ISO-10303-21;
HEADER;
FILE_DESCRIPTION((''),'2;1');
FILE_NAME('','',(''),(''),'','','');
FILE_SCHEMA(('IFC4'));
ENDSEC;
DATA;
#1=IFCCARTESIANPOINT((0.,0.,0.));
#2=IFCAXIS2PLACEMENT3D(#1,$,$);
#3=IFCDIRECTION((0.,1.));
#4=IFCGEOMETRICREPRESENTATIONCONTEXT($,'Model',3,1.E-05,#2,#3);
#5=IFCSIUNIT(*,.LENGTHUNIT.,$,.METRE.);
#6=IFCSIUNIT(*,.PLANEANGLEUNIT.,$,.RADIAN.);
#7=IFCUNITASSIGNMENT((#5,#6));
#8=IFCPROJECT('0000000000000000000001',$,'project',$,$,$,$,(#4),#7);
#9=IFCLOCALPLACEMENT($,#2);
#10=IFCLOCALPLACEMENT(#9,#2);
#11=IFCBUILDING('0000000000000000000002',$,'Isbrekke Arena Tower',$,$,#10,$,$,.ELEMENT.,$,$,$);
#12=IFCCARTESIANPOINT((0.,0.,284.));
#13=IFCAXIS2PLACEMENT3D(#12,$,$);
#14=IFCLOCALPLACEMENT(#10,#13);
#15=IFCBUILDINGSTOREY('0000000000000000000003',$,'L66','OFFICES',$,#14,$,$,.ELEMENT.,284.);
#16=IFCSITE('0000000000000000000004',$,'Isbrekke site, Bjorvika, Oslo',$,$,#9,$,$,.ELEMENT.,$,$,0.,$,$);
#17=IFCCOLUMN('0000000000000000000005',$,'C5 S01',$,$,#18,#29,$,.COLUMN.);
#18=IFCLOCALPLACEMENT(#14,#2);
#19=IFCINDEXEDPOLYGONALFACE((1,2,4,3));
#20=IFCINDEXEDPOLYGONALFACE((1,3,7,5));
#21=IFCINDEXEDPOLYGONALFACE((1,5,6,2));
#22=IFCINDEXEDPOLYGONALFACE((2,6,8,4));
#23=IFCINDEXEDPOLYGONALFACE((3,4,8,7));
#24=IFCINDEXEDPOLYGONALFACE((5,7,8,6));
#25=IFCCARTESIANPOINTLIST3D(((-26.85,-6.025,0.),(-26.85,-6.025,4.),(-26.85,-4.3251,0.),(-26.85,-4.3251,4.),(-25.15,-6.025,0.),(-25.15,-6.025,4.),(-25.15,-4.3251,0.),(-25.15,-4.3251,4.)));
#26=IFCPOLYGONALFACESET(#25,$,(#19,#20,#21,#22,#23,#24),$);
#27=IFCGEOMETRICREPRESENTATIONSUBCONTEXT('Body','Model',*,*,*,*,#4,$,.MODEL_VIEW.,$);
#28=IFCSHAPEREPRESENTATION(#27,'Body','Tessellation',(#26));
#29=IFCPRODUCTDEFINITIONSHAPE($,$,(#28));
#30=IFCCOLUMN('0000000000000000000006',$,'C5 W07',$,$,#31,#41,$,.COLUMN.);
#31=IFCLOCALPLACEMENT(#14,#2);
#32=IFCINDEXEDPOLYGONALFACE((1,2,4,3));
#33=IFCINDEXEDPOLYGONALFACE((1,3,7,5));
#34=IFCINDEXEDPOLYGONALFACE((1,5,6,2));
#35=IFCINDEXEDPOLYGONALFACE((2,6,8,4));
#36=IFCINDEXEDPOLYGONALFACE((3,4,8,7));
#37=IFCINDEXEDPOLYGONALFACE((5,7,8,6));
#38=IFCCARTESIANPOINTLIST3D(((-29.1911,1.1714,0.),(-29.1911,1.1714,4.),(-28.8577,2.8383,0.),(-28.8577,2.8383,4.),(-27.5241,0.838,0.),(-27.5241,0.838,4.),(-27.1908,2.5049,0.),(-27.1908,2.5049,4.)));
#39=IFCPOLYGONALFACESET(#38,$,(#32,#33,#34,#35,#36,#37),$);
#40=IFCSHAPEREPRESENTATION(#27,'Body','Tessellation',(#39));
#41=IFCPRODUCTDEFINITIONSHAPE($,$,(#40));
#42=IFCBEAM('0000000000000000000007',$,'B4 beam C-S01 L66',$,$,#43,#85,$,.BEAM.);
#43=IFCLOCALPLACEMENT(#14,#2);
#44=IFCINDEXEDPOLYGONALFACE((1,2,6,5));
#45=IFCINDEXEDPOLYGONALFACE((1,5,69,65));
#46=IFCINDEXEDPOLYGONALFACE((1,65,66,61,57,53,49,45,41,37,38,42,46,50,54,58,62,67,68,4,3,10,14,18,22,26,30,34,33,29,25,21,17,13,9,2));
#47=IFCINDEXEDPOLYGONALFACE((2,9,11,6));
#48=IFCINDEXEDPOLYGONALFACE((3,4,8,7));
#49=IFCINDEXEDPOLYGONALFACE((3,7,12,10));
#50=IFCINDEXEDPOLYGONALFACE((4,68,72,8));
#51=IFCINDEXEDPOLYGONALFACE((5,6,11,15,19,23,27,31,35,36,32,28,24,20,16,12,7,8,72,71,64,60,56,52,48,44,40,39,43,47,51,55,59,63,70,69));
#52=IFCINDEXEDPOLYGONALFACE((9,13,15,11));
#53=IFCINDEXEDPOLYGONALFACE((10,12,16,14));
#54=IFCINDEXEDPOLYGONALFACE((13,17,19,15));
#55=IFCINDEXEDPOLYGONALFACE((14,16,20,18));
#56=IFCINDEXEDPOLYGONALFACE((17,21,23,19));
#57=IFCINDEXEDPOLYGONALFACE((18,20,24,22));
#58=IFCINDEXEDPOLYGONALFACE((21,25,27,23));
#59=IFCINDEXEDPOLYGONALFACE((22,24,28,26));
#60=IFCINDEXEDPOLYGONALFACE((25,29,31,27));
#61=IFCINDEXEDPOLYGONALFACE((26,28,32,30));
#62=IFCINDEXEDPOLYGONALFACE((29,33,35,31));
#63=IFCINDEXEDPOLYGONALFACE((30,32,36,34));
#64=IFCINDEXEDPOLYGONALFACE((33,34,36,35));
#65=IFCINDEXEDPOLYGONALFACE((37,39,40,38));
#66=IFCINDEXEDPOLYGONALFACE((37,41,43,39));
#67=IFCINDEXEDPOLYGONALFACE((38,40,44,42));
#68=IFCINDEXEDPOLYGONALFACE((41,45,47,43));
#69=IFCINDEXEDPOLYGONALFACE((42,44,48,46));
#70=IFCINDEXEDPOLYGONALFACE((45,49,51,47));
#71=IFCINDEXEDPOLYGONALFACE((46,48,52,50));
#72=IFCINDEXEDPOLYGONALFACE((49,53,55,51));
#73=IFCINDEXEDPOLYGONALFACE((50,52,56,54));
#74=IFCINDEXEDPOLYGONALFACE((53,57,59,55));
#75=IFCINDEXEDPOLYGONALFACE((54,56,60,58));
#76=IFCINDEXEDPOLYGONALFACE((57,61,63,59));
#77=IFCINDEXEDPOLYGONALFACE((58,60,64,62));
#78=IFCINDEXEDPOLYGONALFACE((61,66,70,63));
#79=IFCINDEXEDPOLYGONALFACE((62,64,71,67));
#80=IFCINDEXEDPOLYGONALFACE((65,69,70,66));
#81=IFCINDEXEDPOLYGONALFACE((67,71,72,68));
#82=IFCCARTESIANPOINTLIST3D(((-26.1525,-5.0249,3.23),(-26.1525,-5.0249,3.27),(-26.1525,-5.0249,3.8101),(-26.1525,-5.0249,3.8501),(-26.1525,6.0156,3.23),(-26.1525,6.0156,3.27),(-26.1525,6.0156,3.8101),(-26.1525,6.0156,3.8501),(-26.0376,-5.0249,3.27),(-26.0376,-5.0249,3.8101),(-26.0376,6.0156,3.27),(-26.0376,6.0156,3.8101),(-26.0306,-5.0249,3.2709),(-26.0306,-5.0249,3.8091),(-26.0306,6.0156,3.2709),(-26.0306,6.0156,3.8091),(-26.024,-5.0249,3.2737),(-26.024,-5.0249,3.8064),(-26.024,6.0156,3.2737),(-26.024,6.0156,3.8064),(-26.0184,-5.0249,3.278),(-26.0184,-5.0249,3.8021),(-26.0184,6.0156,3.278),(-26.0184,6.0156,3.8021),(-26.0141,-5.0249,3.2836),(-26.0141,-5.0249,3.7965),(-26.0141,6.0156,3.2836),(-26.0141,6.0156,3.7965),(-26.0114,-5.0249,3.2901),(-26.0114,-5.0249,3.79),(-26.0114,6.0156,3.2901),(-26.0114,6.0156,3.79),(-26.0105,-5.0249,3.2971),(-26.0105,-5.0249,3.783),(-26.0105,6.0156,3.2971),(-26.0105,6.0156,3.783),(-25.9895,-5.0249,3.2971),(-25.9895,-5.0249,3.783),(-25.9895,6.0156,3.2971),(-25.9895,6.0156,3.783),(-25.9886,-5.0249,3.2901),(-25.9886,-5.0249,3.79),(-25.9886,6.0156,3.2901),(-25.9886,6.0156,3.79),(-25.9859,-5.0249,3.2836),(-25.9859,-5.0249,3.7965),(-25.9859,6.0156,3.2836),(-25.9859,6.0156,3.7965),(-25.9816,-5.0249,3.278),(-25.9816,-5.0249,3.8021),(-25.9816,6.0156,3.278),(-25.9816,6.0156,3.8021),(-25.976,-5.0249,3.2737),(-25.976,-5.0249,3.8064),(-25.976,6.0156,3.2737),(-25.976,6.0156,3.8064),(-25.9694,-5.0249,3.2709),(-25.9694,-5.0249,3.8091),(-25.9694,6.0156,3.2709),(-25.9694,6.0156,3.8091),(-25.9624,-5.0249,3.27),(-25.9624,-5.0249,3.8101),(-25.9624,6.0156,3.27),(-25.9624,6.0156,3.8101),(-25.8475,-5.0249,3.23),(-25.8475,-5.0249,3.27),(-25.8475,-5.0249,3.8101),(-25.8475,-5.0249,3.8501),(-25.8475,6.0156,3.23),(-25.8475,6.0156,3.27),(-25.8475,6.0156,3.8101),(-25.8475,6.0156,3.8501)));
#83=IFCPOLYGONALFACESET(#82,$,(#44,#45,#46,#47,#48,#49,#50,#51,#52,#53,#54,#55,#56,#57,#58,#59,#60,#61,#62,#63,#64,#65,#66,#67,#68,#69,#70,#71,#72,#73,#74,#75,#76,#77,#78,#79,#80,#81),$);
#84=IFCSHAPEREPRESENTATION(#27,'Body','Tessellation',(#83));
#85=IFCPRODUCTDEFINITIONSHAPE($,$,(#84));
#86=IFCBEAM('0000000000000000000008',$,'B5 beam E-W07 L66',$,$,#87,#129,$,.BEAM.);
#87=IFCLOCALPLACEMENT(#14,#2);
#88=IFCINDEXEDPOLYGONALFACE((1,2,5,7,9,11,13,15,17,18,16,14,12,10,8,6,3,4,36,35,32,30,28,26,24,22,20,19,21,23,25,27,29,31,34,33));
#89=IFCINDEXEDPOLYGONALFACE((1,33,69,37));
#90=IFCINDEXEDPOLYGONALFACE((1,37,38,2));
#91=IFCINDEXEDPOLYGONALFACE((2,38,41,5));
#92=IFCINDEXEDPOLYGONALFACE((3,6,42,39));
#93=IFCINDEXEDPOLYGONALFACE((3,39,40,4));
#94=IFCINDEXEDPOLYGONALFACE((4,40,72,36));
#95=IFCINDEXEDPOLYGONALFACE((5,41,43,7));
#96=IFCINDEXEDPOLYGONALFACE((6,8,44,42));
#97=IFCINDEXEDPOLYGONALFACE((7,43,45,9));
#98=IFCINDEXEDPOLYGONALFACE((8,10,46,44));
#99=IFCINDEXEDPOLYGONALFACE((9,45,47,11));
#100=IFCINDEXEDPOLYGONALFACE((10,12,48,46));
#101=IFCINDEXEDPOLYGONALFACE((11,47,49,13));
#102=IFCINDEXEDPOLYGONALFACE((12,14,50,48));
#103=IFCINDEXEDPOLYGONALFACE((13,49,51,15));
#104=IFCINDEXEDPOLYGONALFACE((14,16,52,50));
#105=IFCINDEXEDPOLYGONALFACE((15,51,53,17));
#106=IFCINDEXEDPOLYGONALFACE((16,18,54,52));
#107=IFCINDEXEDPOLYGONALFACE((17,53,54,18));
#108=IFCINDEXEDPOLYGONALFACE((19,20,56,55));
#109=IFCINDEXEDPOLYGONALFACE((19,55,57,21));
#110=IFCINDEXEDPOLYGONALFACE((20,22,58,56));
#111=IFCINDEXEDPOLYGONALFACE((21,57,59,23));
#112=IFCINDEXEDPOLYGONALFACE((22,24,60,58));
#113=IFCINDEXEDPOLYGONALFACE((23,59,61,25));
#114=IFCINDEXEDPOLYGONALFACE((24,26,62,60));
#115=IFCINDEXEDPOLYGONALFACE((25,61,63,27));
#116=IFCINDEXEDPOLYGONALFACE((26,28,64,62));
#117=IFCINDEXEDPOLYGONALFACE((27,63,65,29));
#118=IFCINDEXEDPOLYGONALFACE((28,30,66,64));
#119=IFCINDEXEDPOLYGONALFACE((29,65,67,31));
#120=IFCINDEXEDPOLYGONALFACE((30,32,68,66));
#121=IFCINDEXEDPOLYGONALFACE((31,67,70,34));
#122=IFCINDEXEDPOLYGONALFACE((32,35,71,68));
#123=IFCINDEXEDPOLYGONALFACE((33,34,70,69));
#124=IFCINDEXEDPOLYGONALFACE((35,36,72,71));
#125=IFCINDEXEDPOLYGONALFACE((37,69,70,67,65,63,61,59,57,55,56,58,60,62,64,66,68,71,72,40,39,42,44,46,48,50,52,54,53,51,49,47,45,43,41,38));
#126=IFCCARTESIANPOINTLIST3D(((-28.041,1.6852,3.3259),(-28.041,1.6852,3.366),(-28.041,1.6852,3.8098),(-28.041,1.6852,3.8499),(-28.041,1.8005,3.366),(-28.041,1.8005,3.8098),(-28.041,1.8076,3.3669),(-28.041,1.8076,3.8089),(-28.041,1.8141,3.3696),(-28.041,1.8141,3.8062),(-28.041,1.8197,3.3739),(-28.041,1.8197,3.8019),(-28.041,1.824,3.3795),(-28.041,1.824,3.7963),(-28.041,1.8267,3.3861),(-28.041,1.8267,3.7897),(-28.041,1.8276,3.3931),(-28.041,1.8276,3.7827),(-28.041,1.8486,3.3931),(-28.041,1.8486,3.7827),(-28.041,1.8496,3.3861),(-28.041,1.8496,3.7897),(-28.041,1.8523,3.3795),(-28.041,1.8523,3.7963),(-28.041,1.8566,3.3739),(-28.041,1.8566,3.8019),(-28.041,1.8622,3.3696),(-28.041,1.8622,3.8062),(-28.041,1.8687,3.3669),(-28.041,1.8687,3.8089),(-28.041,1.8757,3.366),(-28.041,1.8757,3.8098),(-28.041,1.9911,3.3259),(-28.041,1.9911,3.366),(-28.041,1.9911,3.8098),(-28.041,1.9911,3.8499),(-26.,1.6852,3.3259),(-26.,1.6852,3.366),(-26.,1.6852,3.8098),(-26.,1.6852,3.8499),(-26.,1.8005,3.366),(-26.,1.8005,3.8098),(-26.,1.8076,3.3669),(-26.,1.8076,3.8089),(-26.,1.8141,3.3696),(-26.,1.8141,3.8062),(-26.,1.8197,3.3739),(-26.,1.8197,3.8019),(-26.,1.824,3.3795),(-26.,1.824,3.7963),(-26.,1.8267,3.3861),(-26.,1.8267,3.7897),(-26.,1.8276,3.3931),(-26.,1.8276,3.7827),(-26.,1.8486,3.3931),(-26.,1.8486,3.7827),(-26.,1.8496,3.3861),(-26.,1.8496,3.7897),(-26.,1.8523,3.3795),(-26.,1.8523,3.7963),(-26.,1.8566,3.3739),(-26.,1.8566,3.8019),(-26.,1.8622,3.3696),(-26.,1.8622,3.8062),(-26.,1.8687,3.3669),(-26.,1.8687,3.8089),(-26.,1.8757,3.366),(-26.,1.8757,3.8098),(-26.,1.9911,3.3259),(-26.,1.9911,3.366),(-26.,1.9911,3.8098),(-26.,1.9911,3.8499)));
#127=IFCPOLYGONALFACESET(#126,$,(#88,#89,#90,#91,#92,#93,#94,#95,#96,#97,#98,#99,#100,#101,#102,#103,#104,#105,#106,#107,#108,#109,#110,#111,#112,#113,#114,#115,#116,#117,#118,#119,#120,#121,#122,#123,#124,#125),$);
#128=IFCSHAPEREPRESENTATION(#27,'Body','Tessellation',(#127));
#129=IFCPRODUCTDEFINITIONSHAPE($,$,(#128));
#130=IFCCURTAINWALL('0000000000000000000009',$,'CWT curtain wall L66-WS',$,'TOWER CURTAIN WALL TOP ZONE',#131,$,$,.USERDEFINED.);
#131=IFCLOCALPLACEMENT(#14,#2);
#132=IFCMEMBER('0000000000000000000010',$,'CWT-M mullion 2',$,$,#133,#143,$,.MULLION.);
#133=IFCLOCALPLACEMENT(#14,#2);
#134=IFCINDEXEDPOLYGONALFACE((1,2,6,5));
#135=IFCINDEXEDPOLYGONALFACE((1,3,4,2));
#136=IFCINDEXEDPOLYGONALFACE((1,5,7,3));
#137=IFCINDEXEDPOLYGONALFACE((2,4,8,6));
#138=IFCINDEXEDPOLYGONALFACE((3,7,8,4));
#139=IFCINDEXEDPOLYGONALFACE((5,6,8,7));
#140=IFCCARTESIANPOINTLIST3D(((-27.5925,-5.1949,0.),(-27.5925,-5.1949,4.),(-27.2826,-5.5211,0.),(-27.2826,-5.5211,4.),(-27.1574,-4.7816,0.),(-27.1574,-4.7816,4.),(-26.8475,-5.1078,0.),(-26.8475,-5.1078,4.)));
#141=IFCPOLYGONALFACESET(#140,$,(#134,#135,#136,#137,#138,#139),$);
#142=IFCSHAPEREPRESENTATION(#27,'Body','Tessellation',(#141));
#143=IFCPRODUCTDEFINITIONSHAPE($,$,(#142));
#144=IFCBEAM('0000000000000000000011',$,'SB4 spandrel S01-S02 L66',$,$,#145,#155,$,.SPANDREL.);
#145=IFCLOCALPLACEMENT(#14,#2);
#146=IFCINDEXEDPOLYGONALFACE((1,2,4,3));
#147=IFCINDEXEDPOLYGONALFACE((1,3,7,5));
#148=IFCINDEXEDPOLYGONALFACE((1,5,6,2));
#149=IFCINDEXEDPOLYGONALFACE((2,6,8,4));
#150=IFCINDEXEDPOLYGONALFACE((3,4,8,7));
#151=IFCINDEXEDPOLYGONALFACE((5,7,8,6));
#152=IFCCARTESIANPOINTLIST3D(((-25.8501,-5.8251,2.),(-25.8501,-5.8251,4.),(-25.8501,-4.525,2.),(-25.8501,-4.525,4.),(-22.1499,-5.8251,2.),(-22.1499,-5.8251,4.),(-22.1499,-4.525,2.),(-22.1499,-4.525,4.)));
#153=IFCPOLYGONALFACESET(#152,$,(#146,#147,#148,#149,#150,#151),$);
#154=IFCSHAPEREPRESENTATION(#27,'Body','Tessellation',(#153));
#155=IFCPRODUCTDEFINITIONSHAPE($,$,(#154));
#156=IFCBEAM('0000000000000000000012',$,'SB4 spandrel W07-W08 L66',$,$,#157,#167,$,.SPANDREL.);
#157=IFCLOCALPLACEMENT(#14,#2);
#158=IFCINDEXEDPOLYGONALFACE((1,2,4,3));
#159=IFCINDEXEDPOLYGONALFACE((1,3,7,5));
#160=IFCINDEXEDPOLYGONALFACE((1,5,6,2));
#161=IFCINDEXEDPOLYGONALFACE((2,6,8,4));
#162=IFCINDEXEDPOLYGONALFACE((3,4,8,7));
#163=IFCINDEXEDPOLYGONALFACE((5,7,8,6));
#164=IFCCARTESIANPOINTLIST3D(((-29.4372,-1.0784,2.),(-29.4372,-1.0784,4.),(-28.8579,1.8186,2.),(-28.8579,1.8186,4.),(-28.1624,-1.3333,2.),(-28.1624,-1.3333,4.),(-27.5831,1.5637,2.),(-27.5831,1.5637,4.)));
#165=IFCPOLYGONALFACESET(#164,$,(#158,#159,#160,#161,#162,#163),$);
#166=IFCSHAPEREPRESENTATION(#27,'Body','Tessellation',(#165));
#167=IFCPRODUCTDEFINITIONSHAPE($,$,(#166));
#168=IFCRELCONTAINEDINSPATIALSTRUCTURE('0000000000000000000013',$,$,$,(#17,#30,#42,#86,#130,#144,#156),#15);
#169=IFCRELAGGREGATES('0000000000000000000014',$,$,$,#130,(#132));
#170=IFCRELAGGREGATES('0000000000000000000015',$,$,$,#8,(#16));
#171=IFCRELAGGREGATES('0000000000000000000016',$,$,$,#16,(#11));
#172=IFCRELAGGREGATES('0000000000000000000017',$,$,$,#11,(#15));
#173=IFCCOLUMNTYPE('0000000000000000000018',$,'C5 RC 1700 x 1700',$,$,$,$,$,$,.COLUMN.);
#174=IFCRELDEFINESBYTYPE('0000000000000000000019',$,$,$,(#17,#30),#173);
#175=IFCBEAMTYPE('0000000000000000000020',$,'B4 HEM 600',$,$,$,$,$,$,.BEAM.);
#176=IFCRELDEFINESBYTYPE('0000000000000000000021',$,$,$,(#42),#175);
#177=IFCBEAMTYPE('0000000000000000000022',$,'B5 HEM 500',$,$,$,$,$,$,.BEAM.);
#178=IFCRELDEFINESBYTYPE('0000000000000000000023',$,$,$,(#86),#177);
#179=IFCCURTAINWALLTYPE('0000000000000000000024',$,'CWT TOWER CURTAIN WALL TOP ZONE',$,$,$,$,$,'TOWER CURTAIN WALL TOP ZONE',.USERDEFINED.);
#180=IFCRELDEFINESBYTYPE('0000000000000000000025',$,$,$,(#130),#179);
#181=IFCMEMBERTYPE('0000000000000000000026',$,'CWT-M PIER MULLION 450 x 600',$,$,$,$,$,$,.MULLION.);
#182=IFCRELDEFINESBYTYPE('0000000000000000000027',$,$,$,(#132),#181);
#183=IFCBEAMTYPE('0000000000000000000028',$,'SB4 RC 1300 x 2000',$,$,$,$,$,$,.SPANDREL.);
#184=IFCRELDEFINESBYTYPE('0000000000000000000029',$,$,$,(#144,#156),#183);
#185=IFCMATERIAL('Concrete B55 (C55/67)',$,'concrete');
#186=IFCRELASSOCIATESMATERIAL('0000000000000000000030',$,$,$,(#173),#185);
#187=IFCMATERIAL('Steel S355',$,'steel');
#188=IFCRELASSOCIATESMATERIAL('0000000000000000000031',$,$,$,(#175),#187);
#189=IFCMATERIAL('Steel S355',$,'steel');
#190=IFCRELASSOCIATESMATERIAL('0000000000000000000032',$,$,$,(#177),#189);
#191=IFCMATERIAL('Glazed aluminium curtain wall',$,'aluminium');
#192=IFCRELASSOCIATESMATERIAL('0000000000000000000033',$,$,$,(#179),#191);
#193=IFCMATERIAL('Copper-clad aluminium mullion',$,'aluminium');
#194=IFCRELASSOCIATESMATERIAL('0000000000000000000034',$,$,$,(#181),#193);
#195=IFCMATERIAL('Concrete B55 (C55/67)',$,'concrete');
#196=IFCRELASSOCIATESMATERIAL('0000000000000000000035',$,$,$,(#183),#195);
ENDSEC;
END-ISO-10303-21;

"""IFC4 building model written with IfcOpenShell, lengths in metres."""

from ifc_helpers import new_model, si_unit, direction, frame, origin, origin_2d, place, context, subcontext, project, spatial, rectangle, i_section, extrude, material, material_profile, profile_set, type_object, element, aggregate, save


model = new_model("IFC4")

# Units and contexts
model_context = context("Model", 3, precision=1e-05, world=origin(), true_north=direction((0.0, 1.0)))
body_context = subcontext(model_context, "Body", "Model", "MODEL_VIEW")
ifc_project = project(units=[si_unit("LENGTHUNIT", "METRE"), si_unit("PLANEANGLEUNIT", "RADIAN")], contexts=[model_context])

# Site, building, storey
site_placement = place(None, origin())
site = spatial("IfcSite", under=ifc_project, at=site_placement, Name="Isbrekke site, Bjorvika, Oslo", CompositionType="ELEMENT", RefElevation=0.0)
building_placement = place(site_placement, origin())
building = spatial("IfcBuilding", under=site, at=building_placement, Name="Isbrekke Arena Tower", CompositionType="ELEMENT")
storey_placement = place(building_placement, frame((0.0, 0.0, 284.0)))
storey = spatial("IfcBuildingStorey", under=building, at=storey_placement, Name="L66", Description="OFFICES", CompositionType="ELEMENT", Elevation=284.0)

# Columns
ifc_material_1 = material(Name="Concrete B55 (C55/67)", Category="concrete")
ifc_material_profile_1 = material_profile(ifc_material_1, rectangle(XDim=1.7, YDim=1.7, at=origin_2d()), Name="RC 1700x1700")
ifc_profile_set_1 = profile_set([ifc_material_profile_1], Name="Concrete B55 (C55/67)")
column_type = type_object("IfcColumnType", Name="C5 RC 1700 x 1700", PredefinedType="COLUMN", material=ifc_profile_set_1)
for number, where, z_axis, x_axis, name in (
    (1, (-26.0, -5.175, 0.0), (0.0, 0.0, 1.0), (1.0, 0.0, 0.0), "C5 S01"),
    (2, (-28.1909, 1.8381, 0.0), (0.0, 0.0, 1.0), (-0.196116, -0.980581, 0.0), "C5 W07"),
):
    element("IfcColumn", number, at=place(storey_placement, frame(where, z_axis=z_axis, x_axis=x_axis)), inside=storey, type_object=column_type, Name=name, PredefinedType="COLUMN", context=body_context, shape_type="SweptSolid", body=[
        extrude(rectangle(XDim=1.7, YDim=1.7, at=origin_2d()), origin(), (0.0, 0.0, 1.0), 4.0),
    ])

# Beams
ifc_material_2 = material(Name="Steel S355", Category="steel")
ifc_material_profile_2 = material_profile(ifc_material_2, i_section(OverallWidth=0.3049, OverallDepth=0.6201, WebThickness=0.021, FlangeThickness=0.04, FilletRadius=0.0271, at=origin_2d()), Name="HEM 600")
ifc_profile_set_2 = profile_set([ifc_material_profile_2], Name="Steel S355")
beam_type_1 = type_object("IfcBeamType", Name="B4 HEM 600", PredefinedType="BEAM", material=ifc_profile_set_2)
beam_1_placement = place(storey_placement, frame((-26.0, -5.0249, 3.54), z_axis=(0.0, 1.0, 0.0), x_axis=(-1.0, 0.0, 0.0)))
element("IfcBeam", 3, at=beam_1_placement, inside=storey, type_object=beam_type_1, Name="B4 beam C-S01 L66", PredefinedType="BEAM", context=body_context, shape_type="SweptSolid", body=[
    extrude(i_section(OverallWidth=0.3049, OverallDepth=0.6201, WebThickness=0.021, FlangeThickness=0.04, FilletRadius=0.0271, at=origin_2d()), origin(), (0.0, 0.0, 1.0), 11.0405),
])
ifc_material_3 = material(Name="Steel S355", Category="steel")
ifc_material_profile_3 = material_profile(ifc_material_3, i_section(OverallWidth=0.3059, OverallDepth=0.5239, WebThickness=0.021, FlangeThickness=0.04, FilletRadius=0.0271, at=origin_2d()), Name="HEM 500")
ifc_profile_set_3 = profile_set([ifc_material_profile_3], Name="Steel S355")
beam_type_2 = type_object("IfcBeamType", Name="B5 HEM 500", PredefinedType="BEAM", material=ifc_profile_set_3)
beam_2_placement = place(storey_placement, frame((-28.041, 1.8381, 3.5879), z_axis=(1.0, 0.0, 0.0), x_axis=(0.0, 1.0, 0.0)))
element("IfcBeam", 4, at=beam_2_placement, inside=storey, type_object=beam_type_2, Name="B5 beam E-W07 L66", PredefinedType="BEAM", context=body_context, shape_type="SweptSolid", body=[
    extrude(i_section(OverallWidth=0.3059, OverallDepth=0.5239, WebThickness=0.021, FlangeThickness=0.04, FilletRadius=0.0271, at=origin_2d()), origin(), (0.0, 0.0, 1.0), 2.041),
])

# Curtain wall, member
ifc_material_4 = material(Name="Glazed aluminium curtain wall", Category="aluminium")
curtain_wall_type = type_object("IfcCurtainWallType", Name="CWT TOWER CURTAIN WALL TOP ZONE", ElementType="TOWER CURTAIN WALL TOP ZONE", PredefinedType="USERDEFINED", material=ifc_material_4)
curtain_wall_placement = place(storey_placement, origin())
curtain_wall = element("IfcCurtainWall", 5, at=curtain_wall_placement, inside=storey, type_object=curtain_wall_type, Name="CWT curtain wall L66-WS", ObjectType="TOWER CURTAIN WALL TOP ZONE", PredefinedType="USERDEFINED")
ifc_material_5 = material(Name="Copper-clad aluminium mullion", Category="aluminium")
ifc_material_profile_4 = material_profile(ifc_material_5, rectangle(XDim=0.45, YDim=0.6001, at=origin_2d()), Name="PIER 450X600")
ifc_profile_set_4 = profile_set([ifc_material_profile_4], Name="Copper-clad aluminium mullion")
member_type = type_object("IfcMemberType", Name="CWT-M PIER MULLION 450 x 600", PredefinedType="MULLION", material=ifc_profile_set_4)
member_placement = place(storey_placement, frame((-27.22, -5.1514, 0.0), z_axis=(0.0, 0.0, 1.0), x_axis=(0.688749, -0.724999, 0.0)))
member = element("IfcMember", 6, at=member_placement, type_object=member_type, Name="CWT-M mullion 2", PredefinedType="MULLION", context=body_context, shape_type="SweptSolid", body=[
    extrude(rectangle(XDim=0.45, YDim=0.6001, at=origin_2d()), origin(), (0.0, 0.0, 1.0), 4.0),
])
aggregate(curtain_wall, [member])

# Beams
ifc_material_6 = material(Name="Concrete B55 (C55/67)", Category="concrete")
ifc_material_profile_5 = material_profile(ifc_material_6, rectangle(XDim=1.3, YDim=2.0, at=origin_2d()), Name="RC 1300x2000")
ifc_profile_set_5 = profile_set([ifc_material_profile_5], Name="Concrete B55 (C55/67)")
beam_type_3 = type_object("IfcBeamType", Name="SB4 RC 1300 x 2000", PredefinedType="SPANDREL", material=ifc_profile_set_5)
beam_3_placement = place(storey_placement, frame((-25.8501, -5.175, 3.0), z_axis=(1.0, 0.0, 0.0), x_axis=(0.0, 1.0, 0.0)))
element("IfcBeam", 7, at=beam_3_placement, inside=storey, type_object=beam_type_3, Name="SB4 spandrel S01-S02 L66", PredefinedType="SPANDREL", context=body_context, shape_type="SweptSolid", body=[
    extrude(rectangle(XDim=1.3, YDim=2.0, at=origin_2d()), origin(), (0.0, 0.0, 1.0), 3.7002),
])
beam_4_placement = place(storey_placement, frame((-28.2205, 1.6912, 3.0), z_axis=(-0.1961, -0.980584, 0.0), x_axis=(0.980584, -0.1961, 0.0)))
element("IfcBeam", 8, at=beam_4_placement, inside=storey, type_object=beam_type_3, Name="SB4 spandrel W07-W08 L66", PredefinedType="SPANDREL", context=body_context, shape_type="SweptSolid", body=[
    extrude(rectangle(XDim=1.3, YDim=2.0, at=origin_2d()), origin(), (0.0, 0.0, 1.0), 2.9543),
])

save(model, "model.ifc")
